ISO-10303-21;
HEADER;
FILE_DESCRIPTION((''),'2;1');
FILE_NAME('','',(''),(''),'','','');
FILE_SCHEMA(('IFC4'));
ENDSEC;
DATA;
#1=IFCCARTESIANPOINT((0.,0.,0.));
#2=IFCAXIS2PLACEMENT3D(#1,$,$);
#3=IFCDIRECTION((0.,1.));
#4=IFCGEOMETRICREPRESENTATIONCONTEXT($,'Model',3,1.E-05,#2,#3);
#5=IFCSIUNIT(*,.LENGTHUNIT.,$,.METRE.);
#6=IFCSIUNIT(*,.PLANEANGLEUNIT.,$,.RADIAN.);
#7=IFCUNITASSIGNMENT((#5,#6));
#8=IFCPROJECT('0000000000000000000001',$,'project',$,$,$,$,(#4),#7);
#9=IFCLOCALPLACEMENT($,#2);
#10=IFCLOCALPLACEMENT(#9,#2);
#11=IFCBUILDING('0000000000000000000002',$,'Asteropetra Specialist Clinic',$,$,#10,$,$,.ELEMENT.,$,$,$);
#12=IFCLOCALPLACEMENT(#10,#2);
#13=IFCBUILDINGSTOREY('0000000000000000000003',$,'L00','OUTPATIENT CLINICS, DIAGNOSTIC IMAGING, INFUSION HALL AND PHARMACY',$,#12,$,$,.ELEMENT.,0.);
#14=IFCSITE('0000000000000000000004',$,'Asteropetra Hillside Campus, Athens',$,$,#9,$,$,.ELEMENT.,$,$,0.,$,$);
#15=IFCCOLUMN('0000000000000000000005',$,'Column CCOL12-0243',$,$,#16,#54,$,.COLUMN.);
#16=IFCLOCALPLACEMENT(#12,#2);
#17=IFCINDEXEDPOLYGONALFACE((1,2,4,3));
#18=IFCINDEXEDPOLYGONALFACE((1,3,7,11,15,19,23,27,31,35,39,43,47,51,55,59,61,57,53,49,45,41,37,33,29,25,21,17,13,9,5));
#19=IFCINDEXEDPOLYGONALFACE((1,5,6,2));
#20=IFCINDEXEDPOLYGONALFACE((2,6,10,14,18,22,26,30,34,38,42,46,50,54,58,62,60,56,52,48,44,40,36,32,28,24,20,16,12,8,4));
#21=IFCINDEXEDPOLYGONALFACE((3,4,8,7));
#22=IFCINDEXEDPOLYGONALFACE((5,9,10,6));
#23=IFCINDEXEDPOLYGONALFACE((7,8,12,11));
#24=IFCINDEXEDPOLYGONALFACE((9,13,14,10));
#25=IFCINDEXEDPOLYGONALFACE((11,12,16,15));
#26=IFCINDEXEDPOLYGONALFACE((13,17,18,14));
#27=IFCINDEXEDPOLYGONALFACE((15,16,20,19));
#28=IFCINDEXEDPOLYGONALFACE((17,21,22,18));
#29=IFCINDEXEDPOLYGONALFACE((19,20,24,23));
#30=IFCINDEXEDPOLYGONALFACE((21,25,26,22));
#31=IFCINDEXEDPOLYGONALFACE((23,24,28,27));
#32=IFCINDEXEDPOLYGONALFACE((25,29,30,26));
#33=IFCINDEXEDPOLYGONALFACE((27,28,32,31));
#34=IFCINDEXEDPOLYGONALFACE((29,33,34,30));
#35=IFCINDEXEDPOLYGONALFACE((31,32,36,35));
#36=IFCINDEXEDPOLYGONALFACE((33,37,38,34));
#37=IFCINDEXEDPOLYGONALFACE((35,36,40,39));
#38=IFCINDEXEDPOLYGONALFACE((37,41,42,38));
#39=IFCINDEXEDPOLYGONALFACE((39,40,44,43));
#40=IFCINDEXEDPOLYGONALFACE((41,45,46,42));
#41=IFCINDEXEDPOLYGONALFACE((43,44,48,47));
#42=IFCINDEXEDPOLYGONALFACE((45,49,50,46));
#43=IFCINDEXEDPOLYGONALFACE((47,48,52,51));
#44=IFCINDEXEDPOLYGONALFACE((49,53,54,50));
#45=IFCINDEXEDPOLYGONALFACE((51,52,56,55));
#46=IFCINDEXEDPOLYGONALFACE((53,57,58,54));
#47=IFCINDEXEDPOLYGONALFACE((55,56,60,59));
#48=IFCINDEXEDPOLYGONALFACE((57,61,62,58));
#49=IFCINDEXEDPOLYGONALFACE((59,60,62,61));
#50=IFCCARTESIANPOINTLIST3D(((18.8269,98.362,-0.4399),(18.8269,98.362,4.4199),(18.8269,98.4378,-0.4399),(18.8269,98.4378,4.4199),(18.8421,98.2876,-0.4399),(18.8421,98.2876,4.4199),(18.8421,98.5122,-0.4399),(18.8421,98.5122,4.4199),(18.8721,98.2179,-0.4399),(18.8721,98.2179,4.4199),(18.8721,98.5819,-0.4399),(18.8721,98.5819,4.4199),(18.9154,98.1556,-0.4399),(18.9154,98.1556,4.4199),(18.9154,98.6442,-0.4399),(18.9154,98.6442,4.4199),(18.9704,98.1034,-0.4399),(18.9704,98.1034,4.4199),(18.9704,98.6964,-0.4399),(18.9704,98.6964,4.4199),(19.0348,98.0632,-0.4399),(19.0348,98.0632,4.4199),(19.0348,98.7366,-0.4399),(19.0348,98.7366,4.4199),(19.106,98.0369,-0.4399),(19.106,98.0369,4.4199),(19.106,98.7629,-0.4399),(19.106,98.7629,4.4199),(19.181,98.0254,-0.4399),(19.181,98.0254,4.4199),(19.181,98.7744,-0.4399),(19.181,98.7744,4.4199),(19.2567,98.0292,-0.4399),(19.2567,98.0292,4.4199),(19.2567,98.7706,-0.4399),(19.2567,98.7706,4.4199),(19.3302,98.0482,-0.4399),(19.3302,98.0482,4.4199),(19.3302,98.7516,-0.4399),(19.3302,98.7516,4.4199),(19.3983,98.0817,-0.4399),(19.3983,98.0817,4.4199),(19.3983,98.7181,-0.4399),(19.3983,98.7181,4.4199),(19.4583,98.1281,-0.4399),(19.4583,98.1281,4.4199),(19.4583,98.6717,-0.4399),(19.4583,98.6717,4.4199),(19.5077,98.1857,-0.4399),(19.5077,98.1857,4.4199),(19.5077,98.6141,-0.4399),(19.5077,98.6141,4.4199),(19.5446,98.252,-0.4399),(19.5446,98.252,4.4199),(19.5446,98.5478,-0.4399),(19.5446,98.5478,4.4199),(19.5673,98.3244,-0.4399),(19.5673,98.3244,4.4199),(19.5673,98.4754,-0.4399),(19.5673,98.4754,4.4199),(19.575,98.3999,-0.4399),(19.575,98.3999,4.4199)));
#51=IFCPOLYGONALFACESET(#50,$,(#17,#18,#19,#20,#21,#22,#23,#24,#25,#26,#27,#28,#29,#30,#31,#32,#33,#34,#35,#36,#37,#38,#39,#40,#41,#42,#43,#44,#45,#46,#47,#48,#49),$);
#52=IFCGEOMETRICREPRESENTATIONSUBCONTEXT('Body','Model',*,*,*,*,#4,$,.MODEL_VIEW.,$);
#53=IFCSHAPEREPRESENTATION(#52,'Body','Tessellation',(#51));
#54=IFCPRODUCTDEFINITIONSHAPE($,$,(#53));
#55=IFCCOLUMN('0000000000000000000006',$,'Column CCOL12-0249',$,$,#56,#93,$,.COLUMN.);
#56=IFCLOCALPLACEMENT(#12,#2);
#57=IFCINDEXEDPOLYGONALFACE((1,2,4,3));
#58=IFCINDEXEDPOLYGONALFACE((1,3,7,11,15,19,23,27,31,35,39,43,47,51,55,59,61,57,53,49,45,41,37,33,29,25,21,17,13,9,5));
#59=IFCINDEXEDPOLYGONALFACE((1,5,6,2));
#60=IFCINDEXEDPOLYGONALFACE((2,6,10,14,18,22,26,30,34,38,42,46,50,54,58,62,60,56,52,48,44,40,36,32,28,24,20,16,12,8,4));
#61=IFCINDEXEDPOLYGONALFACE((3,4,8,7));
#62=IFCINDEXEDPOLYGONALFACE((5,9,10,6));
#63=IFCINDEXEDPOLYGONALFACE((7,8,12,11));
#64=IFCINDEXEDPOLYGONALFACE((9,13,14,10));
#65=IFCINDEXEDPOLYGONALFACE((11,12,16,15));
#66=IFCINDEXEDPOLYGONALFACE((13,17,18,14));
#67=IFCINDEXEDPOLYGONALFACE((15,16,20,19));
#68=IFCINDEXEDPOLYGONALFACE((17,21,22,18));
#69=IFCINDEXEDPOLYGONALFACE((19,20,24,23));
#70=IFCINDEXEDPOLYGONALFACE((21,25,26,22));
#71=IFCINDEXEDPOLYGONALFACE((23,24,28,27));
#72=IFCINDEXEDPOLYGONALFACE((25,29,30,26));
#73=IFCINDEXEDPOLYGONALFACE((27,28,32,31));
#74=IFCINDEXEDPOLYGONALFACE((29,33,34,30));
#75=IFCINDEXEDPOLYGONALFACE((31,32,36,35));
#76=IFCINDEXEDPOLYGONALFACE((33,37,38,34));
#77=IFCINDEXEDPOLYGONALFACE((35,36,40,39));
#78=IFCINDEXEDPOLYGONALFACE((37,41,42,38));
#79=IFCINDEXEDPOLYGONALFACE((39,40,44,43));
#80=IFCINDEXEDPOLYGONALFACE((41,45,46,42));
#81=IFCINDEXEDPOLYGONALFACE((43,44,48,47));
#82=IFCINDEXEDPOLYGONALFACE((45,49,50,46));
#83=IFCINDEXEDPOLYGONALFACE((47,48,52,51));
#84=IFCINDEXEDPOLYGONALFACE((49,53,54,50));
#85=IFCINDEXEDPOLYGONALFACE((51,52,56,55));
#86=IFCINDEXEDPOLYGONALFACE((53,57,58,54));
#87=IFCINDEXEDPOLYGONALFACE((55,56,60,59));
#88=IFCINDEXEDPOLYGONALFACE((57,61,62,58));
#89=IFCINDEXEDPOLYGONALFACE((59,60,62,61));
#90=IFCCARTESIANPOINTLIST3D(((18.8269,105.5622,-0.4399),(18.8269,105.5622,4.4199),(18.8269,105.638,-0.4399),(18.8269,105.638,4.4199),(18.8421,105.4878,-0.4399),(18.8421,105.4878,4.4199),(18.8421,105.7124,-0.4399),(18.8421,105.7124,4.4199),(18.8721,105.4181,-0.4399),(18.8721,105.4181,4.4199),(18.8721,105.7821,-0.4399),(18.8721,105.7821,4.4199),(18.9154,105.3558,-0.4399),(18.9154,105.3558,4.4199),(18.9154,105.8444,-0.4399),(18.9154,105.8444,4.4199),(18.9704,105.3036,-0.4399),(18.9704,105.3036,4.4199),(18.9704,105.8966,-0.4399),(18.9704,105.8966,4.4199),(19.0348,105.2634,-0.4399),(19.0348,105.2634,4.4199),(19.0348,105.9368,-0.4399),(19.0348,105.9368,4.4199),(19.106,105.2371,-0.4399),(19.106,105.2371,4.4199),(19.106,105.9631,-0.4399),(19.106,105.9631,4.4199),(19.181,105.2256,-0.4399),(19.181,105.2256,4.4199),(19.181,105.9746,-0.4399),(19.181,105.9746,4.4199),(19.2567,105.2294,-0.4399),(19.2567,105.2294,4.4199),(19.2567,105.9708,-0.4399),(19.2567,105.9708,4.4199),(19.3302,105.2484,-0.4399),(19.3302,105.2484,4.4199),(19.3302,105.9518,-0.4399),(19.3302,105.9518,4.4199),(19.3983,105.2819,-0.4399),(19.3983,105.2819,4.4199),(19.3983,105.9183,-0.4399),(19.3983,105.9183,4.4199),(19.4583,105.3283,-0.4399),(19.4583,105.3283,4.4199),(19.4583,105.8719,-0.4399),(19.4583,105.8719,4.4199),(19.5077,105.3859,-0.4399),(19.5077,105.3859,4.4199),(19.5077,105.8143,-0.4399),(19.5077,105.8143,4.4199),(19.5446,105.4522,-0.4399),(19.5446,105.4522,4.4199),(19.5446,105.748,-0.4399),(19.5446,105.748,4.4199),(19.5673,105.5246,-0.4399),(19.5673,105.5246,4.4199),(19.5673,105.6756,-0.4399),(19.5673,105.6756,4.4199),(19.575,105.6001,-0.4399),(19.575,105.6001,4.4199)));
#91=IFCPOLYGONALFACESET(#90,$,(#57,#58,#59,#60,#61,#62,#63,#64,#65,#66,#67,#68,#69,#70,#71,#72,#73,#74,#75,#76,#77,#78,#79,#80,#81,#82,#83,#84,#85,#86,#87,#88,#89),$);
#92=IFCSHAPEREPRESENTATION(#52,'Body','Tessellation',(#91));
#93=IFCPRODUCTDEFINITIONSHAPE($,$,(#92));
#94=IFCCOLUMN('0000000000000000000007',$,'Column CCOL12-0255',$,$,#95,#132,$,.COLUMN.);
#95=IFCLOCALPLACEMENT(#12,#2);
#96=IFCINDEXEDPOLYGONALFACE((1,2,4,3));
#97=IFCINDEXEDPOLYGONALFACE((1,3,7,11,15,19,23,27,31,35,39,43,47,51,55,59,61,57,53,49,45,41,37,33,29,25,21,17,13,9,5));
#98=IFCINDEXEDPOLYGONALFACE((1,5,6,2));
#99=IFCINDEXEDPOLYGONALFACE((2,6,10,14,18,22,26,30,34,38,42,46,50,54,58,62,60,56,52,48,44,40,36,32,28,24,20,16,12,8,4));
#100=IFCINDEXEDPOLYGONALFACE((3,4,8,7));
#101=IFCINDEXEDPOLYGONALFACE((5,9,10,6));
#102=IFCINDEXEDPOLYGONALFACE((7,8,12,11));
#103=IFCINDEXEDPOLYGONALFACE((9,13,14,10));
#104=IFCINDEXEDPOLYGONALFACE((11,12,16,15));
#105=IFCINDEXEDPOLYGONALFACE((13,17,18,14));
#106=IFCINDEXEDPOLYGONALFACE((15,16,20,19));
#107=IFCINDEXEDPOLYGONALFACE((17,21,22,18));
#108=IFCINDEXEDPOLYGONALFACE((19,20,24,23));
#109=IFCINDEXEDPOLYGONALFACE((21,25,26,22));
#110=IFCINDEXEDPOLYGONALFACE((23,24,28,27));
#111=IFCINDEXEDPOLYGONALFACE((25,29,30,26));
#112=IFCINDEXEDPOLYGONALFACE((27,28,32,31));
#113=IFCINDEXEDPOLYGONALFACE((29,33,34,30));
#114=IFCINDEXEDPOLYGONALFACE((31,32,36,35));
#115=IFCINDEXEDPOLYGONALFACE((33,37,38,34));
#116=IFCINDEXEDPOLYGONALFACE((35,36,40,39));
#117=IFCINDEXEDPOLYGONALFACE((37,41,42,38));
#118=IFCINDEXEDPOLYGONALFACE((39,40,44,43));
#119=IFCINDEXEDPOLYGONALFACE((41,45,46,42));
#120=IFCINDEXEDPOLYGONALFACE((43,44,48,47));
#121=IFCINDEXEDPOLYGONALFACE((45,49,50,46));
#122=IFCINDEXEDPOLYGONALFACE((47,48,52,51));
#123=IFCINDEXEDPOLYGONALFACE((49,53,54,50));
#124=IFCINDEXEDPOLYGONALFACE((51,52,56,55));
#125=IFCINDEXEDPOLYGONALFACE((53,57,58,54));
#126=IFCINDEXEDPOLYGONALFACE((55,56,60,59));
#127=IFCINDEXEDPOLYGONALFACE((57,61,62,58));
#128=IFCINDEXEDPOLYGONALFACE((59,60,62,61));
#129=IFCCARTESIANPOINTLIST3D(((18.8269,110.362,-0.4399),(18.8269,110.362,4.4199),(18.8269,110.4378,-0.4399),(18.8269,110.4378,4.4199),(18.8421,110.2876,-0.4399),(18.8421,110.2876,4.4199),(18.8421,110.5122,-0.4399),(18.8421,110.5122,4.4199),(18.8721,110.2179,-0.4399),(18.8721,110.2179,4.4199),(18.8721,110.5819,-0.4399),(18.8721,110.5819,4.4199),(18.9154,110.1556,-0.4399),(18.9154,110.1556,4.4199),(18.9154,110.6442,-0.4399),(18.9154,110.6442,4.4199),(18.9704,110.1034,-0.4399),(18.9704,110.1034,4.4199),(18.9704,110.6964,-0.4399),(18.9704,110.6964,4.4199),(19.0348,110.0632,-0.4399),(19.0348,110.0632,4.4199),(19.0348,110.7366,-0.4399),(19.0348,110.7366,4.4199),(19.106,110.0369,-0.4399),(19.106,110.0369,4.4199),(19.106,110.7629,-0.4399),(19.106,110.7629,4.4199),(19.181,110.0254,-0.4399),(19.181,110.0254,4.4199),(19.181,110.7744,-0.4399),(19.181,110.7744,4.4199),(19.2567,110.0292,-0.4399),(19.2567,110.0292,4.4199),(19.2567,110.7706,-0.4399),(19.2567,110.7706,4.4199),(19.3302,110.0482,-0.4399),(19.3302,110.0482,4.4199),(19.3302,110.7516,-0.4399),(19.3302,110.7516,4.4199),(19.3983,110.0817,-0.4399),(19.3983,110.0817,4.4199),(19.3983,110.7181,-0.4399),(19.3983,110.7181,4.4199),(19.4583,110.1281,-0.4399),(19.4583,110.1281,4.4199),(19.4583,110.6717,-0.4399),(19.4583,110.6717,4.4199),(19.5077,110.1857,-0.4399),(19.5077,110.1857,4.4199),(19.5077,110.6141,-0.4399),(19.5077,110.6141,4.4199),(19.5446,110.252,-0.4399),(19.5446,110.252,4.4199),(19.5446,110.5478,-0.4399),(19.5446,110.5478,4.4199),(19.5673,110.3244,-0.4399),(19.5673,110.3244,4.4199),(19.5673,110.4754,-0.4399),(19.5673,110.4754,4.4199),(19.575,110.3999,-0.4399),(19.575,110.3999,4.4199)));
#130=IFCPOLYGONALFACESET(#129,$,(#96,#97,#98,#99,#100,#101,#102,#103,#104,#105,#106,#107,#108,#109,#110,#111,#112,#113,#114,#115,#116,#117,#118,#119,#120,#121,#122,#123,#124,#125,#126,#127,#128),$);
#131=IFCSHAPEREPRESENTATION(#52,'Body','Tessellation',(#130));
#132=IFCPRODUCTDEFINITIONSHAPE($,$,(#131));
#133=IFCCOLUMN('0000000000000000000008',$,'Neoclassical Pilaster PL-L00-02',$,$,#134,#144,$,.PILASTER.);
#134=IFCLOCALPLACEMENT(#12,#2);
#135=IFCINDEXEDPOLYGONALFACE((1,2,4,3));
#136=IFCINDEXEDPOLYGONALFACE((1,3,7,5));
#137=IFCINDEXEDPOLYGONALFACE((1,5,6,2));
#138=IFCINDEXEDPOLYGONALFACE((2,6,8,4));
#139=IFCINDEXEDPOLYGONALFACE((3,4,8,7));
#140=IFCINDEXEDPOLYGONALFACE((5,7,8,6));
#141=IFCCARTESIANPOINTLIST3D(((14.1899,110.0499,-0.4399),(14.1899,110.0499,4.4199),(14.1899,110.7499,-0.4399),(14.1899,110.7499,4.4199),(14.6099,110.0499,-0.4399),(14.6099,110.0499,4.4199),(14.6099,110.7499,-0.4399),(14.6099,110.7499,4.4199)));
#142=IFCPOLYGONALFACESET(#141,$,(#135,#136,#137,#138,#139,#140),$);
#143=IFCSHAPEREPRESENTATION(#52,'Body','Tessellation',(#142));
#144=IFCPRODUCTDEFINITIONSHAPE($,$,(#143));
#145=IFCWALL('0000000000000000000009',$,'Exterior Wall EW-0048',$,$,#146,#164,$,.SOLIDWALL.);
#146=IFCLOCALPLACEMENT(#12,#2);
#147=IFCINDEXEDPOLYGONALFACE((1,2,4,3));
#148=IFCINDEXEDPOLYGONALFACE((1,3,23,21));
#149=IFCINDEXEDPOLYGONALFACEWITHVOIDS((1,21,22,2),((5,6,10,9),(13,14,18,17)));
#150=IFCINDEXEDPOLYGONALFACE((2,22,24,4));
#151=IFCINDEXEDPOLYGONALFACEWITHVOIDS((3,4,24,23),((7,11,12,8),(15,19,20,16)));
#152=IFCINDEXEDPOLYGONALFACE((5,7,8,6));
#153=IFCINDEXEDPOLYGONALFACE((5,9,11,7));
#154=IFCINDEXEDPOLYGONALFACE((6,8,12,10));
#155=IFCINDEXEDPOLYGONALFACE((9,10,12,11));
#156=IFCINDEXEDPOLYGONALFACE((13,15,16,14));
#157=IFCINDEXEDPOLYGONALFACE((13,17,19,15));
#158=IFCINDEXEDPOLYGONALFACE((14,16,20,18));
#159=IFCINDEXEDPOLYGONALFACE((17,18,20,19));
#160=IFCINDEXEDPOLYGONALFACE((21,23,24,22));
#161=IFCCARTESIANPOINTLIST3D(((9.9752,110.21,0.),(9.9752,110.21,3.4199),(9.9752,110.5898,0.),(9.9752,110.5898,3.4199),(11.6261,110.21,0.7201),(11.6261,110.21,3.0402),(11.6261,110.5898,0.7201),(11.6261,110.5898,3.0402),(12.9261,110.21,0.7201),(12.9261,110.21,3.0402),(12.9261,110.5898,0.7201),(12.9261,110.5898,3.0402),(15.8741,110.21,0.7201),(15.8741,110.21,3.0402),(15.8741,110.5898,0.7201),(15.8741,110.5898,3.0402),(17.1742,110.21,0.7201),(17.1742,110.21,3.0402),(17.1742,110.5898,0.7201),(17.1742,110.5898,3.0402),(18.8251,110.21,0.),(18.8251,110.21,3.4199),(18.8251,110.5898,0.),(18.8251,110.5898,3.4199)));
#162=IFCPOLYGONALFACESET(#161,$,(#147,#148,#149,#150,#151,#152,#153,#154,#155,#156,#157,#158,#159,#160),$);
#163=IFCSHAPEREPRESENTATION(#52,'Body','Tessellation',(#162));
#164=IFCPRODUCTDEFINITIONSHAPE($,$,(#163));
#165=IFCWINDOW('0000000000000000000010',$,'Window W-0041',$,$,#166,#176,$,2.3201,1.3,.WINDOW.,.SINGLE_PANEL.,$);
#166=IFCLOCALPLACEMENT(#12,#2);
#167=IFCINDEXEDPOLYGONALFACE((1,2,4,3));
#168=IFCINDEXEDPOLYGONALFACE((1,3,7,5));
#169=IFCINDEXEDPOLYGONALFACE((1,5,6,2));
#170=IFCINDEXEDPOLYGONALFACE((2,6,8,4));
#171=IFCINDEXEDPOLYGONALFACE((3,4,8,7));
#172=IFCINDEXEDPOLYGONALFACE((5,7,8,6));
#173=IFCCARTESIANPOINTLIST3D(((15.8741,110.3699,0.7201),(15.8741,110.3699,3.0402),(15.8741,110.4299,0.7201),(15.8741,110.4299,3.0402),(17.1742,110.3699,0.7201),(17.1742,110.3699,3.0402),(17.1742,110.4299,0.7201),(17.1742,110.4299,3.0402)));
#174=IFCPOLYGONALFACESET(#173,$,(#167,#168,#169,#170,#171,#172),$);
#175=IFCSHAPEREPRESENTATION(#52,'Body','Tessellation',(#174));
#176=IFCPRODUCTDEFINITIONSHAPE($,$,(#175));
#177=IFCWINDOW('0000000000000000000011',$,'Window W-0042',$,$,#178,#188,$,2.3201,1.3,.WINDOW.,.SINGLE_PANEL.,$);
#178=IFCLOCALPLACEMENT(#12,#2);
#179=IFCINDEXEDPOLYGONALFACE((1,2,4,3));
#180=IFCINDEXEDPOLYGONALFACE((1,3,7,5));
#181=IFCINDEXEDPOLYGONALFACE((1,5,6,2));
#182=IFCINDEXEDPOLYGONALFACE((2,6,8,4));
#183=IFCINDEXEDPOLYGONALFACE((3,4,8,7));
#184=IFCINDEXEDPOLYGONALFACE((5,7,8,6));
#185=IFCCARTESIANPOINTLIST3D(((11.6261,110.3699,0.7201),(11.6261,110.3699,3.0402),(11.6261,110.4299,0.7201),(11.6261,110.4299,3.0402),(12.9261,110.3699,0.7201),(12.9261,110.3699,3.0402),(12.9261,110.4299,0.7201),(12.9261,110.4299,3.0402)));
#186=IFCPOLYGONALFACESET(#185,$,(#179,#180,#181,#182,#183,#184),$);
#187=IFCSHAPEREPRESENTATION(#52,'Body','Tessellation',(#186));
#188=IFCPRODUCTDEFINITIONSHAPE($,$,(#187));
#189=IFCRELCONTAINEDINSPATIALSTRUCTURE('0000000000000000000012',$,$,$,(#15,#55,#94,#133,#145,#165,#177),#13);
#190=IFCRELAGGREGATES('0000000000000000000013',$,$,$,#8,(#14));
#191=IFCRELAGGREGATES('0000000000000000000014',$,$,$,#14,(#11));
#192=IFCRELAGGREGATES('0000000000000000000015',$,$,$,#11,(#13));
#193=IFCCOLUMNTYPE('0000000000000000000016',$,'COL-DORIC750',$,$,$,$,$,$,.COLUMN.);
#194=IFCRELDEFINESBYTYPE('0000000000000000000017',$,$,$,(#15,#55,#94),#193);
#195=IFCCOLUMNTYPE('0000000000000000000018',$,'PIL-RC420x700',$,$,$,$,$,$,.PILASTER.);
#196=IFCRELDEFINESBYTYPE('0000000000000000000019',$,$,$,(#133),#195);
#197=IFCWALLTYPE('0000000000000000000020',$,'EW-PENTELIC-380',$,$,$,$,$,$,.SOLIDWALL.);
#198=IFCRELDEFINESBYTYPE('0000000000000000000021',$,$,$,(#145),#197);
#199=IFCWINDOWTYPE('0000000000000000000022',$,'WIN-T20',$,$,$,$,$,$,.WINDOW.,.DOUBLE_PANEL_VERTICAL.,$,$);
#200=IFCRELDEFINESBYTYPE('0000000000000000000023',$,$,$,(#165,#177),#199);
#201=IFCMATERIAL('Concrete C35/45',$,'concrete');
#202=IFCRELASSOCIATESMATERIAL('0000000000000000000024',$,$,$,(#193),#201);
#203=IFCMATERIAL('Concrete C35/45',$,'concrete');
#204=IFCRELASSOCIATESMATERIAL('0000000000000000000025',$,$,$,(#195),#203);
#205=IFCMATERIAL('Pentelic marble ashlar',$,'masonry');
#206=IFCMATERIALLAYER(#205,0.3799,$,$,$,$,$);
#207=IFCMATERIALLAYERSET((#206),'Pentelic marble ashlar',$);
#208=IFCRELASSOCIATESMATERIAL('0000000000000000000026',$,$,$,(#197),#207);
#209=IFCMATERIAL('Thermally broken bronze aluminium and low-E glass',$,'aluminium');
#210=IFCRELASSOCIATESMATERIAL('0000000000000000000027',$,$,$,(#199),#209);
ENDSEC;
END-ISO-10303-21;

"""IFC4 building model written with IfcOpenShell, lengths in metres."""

from ifc_helpers import new_model, si_unit, direction, frame, frame_2d, origin, origin_2d, place, context, subcontext, project, spatial, rectangle, circle, extrude, material, layer, layer_set, material_profile, profile_set, type_object, element, fill, save


model = new_model("IFC4")

# Units and contexts
model_context = context("Model", 3, precision=1e-05, world=origin(), true_north=direction((0.0, 1.0)))
body_context = subcontext(model_context, "Body", "Model", "MODEL_VIEW")
ifc_project = project(units=[si_unit("LENGTHUNIT", "METRE"), si_unit("PLANEANGLEUNIT", "RADIAN")], contexts=[model_context])

# Site, building, storey
site_placement = place(None, origin())
site = spatial("IfcSite", under=ifc_project, at=site_placement, Name="Asteropetra Hillside Campus, Athens", CompositionType="ELEMENT", RefElevation=0.0)
building_placement = place(site_placement, origin())
building = spatial("IfcBuilding", under=site, at=building_placement, Name="Asteropetra Specialist Clinic", CompositionType="ELEMENT")
storey_placement = place(building_placement, origin())
storey = spatial("IfcBuildingStorey", under=building, at=storey_placement, Name="L00", Description="OUTPATIENT CLINICS, DIAGNOSTIC IMAGING, INFUSION HALL AND PHARMACY", CompositionType="ELEMENT", Elevation=0.0)

# Columns
ifc_material_1 = material(Name="Concrete C35/45", Category="concrete")
ifc_material_profile_1 = material_profile(ifc_material_1, circle(Radius=0.375, at=origin_2d()), Name="RCC D750")
ifc_profile_set_1 = profile_set([ifc_material_profile_1], Name="Concrete C35/45")
column_type_1 = type_object("IfcColumnType", Name="COL-DORIC750", PredefinedType="COLUMN", material=ifc_profile_set_1)
for number, where, z_axis, x_axis, name in (
    (1, (19.2, 98.3999, -0.4399), (0.0, 0.0, 1.0), (1.0, 0.0, 0.0), "Column CCOL12-0243"),
    (2, (19.2, 105.6001, -0.4399), (0.0, 0.0, 1.0), (1.0, 0.0, 0.0), "Column CCOL12-0249"),
    (3, (19.2, 110.3999, -0.4399), (0.0, 0.0, 1.0), (1.0, 0.0, 0.0), "Column CCOL12-0255"),
):
    element("IfcColumn", number, at=place(storey_placement, frame(where, z_axis=z_axis, x_axis=x_axis)), inside=storey, type_object=column_type_1, Name=name, PredefinedType="COLUMN", context=body_context, shape_type="SweptSolid", body=[
        extrude(circle(Radius=0.375, at=origin_2d()), origin(), (0.0, 0.0, 1.0), 4.8599),
    ])
ifc_material_2 = material(Name="Concrete C35/45", Category="concrete")
ifc_material_profile_2 = material_profile(ifc_material_2, rectangle(XDim=0.4199, YDim=0.7, at=origin_2d()), Name="PIL 420x700")
ifc_profile_set_2 = profile_set([ifc_material_profile_2], Name="Concrete C35/45")
column_type_2 = type_object("IfcColumnType", Name="PIL-RC420x700", PredefinedType="PILASTER", material=ifc_profile_set_2)
column_placement = place(storey_placement, frame((14.3999, 110.3999, -0.4399), z_axis=(0.0, 0.0, 1.0), x_axis=(1.0, 0.0, 0.0)))
element("IfcColumn", 4, at=column_placement, inside=storey, type_object=column_type_2, Name="Neoclassical Pilaster PL-L00-02", PredefinedType="PILASTER", context=body_context, shape_type="SweptSolid", body=[
    extrude(rectangle(XDim=0.4199, YDim=0.7, at=origin_2d()), origin(), (0.0, 0.0, 1.0), 4.8599),
])

# Wall, openings, windows
ifc_material_3 = material(Name="Pentelic marble ashlar", Category="masonry")
ifc_layer_1 = layer(ifc_material_3, 0.3799)
ifc_layer_set_1 = layer_set([ifc_layer_1], Name="Pentelic marble ashlar")
wall_type = type_object("IfcWallType", Name="EW-PENTELIC-380", PredefinedType="SOLIDWALL", material=ifc_layer_set_1)
wall_placement = place(storey_placement, frame((18.825, 110.3999, 0.0), z_axis=(0.0, 0.0, 1.0), x_axis=(-1.0, 0.0, 0.0)))
wall = element("IfcWall", 5, at=wall_placement, inside=storey, type_object=wall_type, Name="Exterior Wall EW-0048", PredefinedType="SOLIDWALL", context=body_context, shape_type="SweptSolid", body=[
    extrude(rectangle(XDim=8.8499, YDim=0.3799, at=frame_2d((4.4248, 0.0))), origin(), (0.0, 0.0, 1.0), 3.4199),
])
opening_1_placement = place(wall_placement, frame((1.6509, 0.0, 0.72)))
opening_1 = element("IfcOpeningElement", 6, at=opening_1_placement, cuts=wall, PredefinedType="OPENING", context=body_context, shape_type="SweptSolid", body=[
    extrude(rectangle(XDim=1.3, YDim=2.3201, at=frame_2d((0.6499, 1.1602))), frame((0.0, 0.2, 0.0), z_axis=(0.0, -1.0, 0.0), x_axis=(1.0, 0.0, 0.0)), (0.0, 0.0, 1.0), 0.3999),
])
opening_2_placement = place(wall_placement, frame((5.8989, 0.0, 0.72)))
opening_2 = element("IfcOpeningElement", 7, at=opening_2_placement, cuts=wall, PredefinedType="OPENING", context=body_context, shape_type="SweptSolid", body=[
    extrude(rectangle(XDim=1.3, YDim=2.3201, at=frame_2d((0.6499, 1.1602))), frame((0.0, 0.2, 0.0), z_axis=(0.0, -1.0, 0.0), x_axis=(1.0, 0.0, 0.0)), (0.0, 0.0, 1.0), 0.3999),
])
ifc_material_4 = material(Name="Thermally broken bronze aluminium and low-E glass", Category="aluminium")
window_type = type_object("IfcWindowType", Name="WIN-T20", PartitioningType="DOUBLE_PANEL_VERTICAL", PredefinedType="WINDOW", material=ifc_material_4)
window_1_placement = place(opening_1_placement, origin())
window_1 = element("IfcWindow", 8, at=window_1_placement, inside=storey, type_object=window_type, Name="Window W-0041", OverallHeight=2.3201, OverallWidth=1.3, PartitioningType="SINGLE_PANEL", PredefinedType="WINDOW", context=body_context, shape_type="SweptSolid", body=[
    extrude(rectangle(XDim=1.3, YDim=2.3201, at=frame_2d((0.6499, 1.1602))), frame((0.0, 0.03, 0.0), z_axis=(0.0, -1.0, 0.0), x_axis=(1.0, 0.0, 0.0)), (0.0, 0.0, 1.0), 0.0601),
])
fill(opening_1, window_1)
window_2_placement = place(opening_2_placement, origin())
window_2 = element("IfcWindow", 9, at=window_2_placement, inside=storey, type_object=window_type, Name="Window W-0042", OverallHeight=2.3201, OverallWidth=1.3, PartitioningType="SINGLE_PANEL", PredefinedType="WINDOW", context=body_context, shape_type="SweptSolid", body=[
    extrude(rectangle(XDim=1.3, YDim=2.3201, at=frame_2d((0.6499, 1.1602))), frame((0.0, 0.03, 0.0), z_axis=(0.0, -1.0, 0.0), x_axis=(1.0, 0.0, 0.0)), (0.0, 0.0, 1.0), 0.0601),
])
fill(opening_2, window_2)

save(model, "model.ifc")
